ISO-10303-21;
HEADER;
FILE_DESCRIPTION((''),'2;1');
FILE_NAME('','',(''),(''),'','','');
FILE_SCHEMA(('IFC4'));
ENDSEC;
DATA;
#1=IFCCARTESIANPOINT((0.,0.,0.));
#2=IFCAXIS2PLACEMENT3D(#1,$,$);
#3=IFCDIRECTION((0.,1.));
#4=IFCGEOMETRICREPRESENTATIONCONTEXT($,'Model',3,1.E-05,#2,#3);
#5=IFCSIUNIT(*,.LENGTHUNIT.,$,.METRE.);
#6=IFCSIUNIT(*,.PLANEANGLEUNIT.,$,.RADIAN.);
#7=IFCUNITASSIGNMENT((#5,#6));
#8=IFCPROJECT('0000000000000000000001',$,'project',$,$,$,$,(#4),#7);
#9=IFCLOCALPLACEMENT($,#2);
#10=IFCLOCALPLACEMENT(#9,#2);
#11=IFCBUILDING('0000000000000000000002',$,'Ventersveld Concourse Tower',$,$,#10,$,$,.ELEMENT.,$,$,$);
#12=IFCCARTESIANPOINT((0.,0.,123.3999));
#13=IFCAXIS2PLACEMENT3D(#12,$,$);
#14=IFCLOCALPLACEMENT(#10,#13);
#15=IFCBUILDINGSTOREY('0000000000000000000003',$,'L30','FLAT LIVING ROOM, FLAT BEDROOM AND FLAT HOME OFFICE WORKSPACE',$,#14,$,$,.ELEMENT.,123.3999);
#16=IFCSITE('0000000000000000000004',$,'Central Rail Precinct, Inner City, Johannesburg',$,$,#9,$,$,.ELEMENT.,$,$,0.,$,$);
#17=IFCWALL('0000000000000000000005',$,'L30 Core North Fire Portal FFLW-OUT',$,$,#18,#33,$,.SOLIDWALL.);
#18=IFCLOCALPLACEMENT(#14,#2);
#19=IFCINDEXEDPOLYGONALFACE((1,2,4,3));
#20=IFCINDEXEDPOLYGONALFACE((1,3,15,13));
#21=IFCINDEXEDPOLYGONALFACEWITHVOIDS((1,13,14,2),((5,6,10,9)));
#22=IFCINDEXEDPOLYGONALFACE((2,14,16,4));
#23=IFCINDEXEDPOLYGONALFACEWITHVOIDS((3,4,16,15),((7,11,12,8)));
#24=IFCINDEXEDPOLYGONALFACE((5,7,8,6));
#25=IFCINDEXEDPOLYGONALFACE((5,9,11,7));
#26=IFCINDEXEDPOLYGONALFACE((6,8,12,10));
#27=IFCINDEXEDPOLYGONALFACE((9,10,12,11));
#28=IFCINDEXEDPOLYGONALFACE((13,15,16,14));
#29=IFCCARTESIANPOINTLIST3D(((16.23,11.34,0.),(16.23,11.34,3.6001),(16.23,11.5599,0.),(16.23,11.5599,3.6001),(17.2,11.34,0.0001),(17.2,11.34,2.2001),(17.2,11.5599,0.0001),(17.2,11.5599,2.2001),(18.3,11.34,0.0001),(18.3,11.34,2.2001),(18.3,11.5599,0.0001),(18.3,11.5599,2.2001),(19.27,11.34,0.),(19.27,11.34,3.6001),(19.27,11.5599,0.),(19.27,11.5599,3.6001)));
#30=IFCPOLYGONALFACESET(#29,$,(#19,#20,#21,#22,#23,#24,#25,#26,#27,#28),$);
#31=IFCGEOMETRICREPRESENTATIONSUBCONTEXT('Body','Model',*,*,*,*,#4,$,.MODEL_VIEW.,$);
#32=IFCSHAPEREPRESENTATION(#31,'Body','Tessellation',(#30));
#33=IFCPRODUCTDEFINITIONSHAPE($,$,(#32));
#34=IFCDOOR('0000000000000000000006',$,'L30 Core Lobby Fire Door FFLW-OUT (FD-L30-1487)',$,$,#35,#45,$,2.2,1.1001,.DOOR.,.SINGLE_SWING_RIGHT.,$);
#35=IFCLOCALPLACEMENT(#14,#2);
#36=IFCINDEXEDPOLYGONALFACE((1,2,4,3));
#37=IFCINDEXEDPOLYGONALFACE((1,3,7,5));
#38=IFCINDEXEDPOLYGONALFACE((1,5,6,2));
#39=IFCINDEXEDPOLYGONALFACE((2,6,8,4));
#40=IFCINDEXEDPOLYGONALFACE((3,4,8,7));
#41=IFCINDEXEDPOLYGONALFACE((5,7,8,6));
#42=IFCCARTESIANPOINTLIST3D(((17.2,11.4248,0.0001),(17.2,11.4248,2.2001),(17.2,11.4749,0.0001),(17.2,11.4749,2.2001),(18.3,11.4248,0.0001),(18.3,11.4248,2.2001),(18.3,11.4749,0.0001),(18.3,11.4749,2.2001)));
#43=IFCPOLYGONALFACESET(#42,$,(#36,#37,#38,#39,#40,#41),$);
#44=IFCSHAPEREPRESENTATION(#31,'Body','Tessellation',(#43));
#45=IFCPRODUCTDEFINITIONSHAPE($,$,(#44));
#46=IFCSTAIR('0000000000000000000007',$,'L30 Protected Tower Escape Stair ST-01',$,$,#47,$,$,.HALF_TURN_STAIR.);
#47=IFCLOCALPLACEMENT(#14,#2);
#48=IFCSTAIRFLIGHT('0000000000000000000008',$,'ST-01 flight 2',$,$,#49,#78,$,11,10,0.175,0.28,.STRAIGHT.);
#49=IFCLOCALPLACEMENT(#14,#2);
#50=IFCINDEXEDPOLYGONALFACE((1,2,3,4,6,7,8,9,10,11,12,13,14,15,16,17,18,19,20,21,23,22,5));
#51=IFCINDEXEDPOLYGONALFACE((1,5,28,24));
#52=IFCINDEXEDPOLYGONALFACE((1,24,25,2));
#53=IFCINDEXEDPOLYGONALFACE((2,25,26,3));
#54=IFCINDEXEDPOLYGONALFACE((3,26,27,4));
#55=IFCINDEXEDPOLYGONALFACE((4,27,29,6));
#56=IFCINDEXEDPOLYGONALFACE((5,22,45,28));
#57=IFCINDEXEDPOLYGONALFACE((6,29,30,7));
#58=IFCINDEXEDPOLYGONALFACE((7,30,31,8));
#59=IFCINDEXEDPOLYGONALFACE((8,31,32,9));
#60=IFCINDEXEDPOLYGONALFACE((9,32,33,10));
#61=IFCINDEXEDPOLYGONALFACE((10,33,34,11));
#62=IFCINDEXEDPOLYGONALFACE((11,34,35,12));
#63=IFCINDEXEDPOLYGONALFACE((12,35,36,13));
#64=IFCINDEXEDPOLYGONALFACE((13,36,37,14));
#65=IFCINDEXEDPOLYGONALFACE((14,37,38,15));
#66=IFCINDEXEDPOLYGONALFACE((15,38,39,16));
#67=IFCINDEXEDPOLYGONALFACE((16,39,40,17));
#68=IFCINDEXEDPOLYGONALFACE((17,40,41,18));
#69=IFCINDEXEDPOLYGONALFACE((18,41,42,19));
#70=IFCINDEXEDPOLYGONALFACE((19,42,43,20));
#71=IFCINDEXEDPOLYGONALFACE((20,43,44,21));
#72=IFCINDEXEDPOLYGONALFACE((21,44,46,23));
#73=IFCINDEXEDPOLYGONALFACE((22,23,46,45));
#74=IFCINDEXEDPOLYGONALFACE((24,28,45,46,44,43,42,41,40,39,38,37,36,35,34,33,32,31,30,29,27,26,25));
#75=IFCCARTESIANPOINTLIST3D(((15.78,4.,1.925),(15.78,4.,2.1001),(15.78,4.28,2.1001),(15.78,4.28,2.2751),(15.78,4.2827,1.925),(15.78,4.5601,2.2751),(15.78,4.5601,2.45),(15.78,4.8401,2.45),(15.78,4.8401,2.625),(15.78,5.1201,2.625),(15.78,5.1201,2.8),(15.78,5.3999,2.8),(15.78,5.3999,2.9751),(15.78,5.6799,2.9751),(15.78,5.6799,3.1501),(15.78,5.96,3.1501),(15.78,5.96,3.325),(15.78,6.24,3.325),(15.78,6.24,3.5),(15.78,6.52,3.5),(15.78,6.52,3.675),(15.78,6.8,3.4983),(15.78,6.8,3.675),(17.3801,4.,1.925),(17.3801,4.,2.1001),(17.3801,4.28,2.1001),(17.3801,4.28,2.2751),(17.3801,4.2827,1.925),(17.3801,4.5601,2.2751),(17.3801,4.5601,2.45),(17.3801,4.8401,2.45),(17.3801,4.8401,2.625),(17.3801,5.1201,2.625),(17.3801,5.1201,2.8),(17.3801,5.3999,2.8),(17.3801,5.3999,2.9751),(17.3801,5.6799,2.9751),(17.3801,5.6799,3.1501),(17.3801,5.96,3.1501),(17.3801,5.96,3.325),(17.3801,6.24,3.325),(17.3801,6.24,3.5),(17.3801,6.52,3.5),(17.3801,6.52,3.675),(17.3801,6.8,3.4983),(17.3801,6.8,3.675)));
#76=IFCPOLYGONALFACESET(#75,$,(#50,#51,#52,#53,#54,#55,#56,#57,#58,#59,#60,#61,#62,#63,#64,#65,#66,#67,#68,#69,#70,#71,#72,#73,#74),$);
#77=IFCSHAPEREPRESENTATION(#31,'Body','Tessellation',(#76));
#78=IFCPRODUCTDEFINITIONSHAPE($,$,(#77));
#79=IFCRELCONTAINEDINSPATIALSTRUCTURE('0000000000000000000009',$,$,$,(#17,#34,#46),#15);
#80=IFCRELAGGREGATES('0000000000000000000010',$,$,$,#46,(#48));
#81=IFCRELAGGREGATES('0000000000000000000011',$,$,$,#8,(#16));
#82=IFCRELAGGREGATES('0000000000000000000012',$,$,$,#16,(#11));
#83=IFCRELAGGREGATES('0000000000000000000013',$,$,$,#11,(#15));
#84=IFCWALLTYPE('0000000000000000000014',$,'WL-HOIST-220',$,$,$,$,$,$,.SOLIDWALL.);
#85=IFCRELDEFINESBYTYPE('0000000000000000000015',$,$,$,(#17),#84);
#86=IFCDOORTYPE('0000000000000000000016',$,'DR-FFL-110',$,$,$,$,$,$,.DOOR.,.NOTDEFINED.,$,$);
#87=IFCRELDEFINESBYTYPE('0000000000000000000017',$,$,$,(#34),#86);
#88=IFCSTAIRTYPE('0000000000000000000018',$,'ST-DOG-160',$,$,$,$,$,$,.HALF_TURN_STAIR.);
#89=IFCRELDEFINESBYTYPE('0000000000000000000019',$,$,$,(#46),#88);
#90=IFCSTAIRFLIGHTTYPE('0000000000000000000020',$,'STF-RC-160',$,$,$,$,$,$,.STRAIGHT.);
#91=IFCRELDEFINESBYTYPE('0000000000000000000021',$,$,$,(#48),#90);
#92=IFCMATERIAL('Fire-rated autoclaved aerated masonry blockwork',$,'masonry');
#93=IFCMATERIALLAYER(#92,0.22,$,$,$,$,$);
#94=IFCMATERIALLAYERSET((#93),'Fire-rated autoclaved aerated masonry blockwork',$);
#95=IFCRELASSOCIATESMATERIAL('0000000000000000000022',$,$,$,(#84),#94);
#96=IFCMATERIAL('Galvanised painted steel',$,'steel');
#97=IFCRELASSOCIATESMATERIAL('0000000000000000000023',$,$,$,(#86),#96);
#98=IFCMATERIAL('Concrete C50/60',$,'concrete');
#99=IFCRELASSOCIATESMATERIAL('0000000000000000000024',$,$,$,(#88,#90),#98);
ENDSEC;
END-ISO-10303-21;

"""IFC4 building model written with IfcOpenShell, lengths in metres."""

from ifc_helpers import new_model, si_unit, direction, frame, frame_2d, origin, place, context, subcontext, project, spatial, polyline, rectangle, outline, extrude, material, layer, layer_set, type_object, element, fill, aggregate, save


model = new_model("IFC4")

# Units and contexts
model_context = context("Model", 3, precision=1e-05, world=origin(), true_north=direction((0.0, 1.0)))
body_context = subcontext(model_context, "Body", "Model", "MODEL_VIEW")
ifc_project = project(units=[si_unit("LENGTHUNIT", "METRE"), si_unit("PLANEANGLEUNIT", "RADIAN")], contexts=[model_context])

# Site, building, storey
site_placement = place(None, origin())
site = spatial("IfcSite", under=ifc_project, at=site_placement, Name="Central Rail Precinct, Inner City, Johannesburg", CompositionType="ELEMENT", RefElevation=0.0)
building_placement = place(site_placement, origin())
building = spatial("IfcBuilding", under=site, at=building_placement, Name="Ventersveld Concourse Tower", CompositionType="ELEMENT")
storey_placement = place(building_placement, frame((0.0, 0.0, 123.3999)))
storey = spatial("IfcBuildingStorey", under=building, at=storey_placement, Name="L30", Description="FLAT LIVING ROOM, FLAT BEDROOM AND FLAT HOME OFFICE WORKSPACE", CompositionType="ELEMENT", Elevation=123.3999)

# Shared definitions
ifc_material_1 = material(Name="Concrete C50/60", Category="concrete")

# Shared definitions
ifc_material_2 = material(Name="Fire-rated autoclaved aerated masonry blockwork", Category="masonry")
ifc_layer_1 = layer(ifc_material_2, 0.22)
ifc_layer_set_1 = layer_set([ifc_layer_1], Name="Fire-rated autoclaved aerated masonry blockwork")
wall_type_1 = type_object("IfcWallType", Name="WL-HOIST-220", PredefinedType="SOLIDWALL", material=ifc_layer_set_1)

# Wall, opening, door
ifc_material_3 = material(Name="Galvanised painted steel", Category="steel")
door_type_1 = type_object("IfcDoorType", Name="DR-FFL-110", OperationType="NOTDEFINED", PredefinedType="DOOR", material=ifc_material_3)
wall_1_placement = place(storey_placement, frame((16.23, 11.45, 0.0), z_axis=(0.0, 0.0, 1.0), x_axis=(1.0, 0.0, 0.0)))
wall_1 = element("IfcWall", 1, at=wall_1_placement, inside=storey, type_object=wall_type_1, Name="L30 Core North Fire Portal FFLW-OUT", PredefinedType="SOLIDWALL", context=body_context, shape_type="SweptSolid", body=[
    extrude(rectangle(XDim=3.04, YDim=0.22, at=frame_2d((1.52, 0.0))), origin(), (0.0, 0.0, 1.0), 3.6001),
])
opening_1_placement = place(wall_1_placement, frame((0.97, 0.0, 0.0)))
opening_1 = element("IfcOpeningElement", 2, at=opening_1_placement, cuts=wall_1, PredefinedType="OPENING", context=body_context, shape_type="SweptSolid", body=[
    extrude(rectangle(XDim=1.1001, YDim=2.2, at=frame_2d((0.55, 1.1001))), frame((0.0, 0.1201, 0.0), z_axis=(0.0, -1.0, 0.0), x_axis=(1.0, 0.0, 0.0)), (0.0, 0.0, 1.0), 0.24),
])
door_1_placement = place(opening_1_placement, origin())
door_1 = element("IfcDoor", 3, at=door_1_placement, inside=storey, type_object=door_type_1, Name="L30 Core Lobby Fire Door FFLW-OUT (FD-L30-1487)", OperationType="SINGLE_SWING_RIGHT", OverallHeight=2.2, OverallWidth=1.1001, PredefinedType="DOOR", context=body_context, shape_type="SweptSolid", body=[
    extrude(rectangle(XDim=1.1001, YDim=2.2, at=frame_2d((0.55, 1.1001))), frame((0.0, 0.0249, 0.0), z_axis=(0.0, -1.0, 0.0), x_axis=(1.0, 0.0, 0.0)), (0.0, 0.0, 1.0), 0.05),
])
fill(opening_1, door_1)

# Stair, stair flight
stair_type = type_object("IfcStairType", Name="ST-DOG-160", PredefinedType="HALF_TURN_STAIR", material=ifc_material_1)
stair_placement = place(storey_placement, origin())
stair = element("IfcStair", 4, at=stair_placement, inside=storey, type_object=stair_type, Name="L30 Protected Tower Escape Stair ST-01", PredefinedType="HALF_TURN_STAIR")
stair_flight_type = type_object("IfcStairFlightType", Name="STF-RC-160", PredefinedType="STRAIGHT", material=ifc_material_1)
stair_flight_placement = place(storey_placement, frame((16.5801, 4.0, 1.925), z_axis=(0.0, 0.0, 1.0), x_axis=(0.0, 1.0, 0.0)))
stair_flight = element("IfcStairFlight", 5, at=stair_flight_placement, type_object=stair_flight_type, Name="ST-01 flight 2", NumberOfRisers=11, NumberOfTreads=10, PredefinedType="STRAIGHT", RiserHeight=0.175, TreadLength=0.28, context=body_context, shape_type="SweptSolid", body=[
    extrude(outline(polyline([(0.0, 0.0), (0.0, 0.175), (0.28, 0.175), (0.28, 0.3501), (0.5601, 0.3501), (0.5601, 0.5249), (0.8401, 0.5249), (0.8401, 0.7), (1.1201, 0.7), (1.1201, 0.875), (1.3999, 0.875), (1.3999, 1.05), (1.6799, 1.05), (1.6799, 1.2251), (1.96, 1.2251), (1.96, 1.3999), (2.24, 1.3999), (2.24, 1.575), (2.52, 1.575), (2.52, 1.75), (2.8, 1.75), (2.8, 1.925), (2.8, 1.5732), (0.2827, 0.0), (0.0, 0.0)])), frame((0.0, 0.8, 0.0), z_axis=(0.0, -1.0, 0.0), x_axis=(1.0, 0.0, 0.0)), (0.0, 0.0, 1.0), 1.6001),
])
aggregate(stair, [stair_flight])

save(model, "model.ifc")
